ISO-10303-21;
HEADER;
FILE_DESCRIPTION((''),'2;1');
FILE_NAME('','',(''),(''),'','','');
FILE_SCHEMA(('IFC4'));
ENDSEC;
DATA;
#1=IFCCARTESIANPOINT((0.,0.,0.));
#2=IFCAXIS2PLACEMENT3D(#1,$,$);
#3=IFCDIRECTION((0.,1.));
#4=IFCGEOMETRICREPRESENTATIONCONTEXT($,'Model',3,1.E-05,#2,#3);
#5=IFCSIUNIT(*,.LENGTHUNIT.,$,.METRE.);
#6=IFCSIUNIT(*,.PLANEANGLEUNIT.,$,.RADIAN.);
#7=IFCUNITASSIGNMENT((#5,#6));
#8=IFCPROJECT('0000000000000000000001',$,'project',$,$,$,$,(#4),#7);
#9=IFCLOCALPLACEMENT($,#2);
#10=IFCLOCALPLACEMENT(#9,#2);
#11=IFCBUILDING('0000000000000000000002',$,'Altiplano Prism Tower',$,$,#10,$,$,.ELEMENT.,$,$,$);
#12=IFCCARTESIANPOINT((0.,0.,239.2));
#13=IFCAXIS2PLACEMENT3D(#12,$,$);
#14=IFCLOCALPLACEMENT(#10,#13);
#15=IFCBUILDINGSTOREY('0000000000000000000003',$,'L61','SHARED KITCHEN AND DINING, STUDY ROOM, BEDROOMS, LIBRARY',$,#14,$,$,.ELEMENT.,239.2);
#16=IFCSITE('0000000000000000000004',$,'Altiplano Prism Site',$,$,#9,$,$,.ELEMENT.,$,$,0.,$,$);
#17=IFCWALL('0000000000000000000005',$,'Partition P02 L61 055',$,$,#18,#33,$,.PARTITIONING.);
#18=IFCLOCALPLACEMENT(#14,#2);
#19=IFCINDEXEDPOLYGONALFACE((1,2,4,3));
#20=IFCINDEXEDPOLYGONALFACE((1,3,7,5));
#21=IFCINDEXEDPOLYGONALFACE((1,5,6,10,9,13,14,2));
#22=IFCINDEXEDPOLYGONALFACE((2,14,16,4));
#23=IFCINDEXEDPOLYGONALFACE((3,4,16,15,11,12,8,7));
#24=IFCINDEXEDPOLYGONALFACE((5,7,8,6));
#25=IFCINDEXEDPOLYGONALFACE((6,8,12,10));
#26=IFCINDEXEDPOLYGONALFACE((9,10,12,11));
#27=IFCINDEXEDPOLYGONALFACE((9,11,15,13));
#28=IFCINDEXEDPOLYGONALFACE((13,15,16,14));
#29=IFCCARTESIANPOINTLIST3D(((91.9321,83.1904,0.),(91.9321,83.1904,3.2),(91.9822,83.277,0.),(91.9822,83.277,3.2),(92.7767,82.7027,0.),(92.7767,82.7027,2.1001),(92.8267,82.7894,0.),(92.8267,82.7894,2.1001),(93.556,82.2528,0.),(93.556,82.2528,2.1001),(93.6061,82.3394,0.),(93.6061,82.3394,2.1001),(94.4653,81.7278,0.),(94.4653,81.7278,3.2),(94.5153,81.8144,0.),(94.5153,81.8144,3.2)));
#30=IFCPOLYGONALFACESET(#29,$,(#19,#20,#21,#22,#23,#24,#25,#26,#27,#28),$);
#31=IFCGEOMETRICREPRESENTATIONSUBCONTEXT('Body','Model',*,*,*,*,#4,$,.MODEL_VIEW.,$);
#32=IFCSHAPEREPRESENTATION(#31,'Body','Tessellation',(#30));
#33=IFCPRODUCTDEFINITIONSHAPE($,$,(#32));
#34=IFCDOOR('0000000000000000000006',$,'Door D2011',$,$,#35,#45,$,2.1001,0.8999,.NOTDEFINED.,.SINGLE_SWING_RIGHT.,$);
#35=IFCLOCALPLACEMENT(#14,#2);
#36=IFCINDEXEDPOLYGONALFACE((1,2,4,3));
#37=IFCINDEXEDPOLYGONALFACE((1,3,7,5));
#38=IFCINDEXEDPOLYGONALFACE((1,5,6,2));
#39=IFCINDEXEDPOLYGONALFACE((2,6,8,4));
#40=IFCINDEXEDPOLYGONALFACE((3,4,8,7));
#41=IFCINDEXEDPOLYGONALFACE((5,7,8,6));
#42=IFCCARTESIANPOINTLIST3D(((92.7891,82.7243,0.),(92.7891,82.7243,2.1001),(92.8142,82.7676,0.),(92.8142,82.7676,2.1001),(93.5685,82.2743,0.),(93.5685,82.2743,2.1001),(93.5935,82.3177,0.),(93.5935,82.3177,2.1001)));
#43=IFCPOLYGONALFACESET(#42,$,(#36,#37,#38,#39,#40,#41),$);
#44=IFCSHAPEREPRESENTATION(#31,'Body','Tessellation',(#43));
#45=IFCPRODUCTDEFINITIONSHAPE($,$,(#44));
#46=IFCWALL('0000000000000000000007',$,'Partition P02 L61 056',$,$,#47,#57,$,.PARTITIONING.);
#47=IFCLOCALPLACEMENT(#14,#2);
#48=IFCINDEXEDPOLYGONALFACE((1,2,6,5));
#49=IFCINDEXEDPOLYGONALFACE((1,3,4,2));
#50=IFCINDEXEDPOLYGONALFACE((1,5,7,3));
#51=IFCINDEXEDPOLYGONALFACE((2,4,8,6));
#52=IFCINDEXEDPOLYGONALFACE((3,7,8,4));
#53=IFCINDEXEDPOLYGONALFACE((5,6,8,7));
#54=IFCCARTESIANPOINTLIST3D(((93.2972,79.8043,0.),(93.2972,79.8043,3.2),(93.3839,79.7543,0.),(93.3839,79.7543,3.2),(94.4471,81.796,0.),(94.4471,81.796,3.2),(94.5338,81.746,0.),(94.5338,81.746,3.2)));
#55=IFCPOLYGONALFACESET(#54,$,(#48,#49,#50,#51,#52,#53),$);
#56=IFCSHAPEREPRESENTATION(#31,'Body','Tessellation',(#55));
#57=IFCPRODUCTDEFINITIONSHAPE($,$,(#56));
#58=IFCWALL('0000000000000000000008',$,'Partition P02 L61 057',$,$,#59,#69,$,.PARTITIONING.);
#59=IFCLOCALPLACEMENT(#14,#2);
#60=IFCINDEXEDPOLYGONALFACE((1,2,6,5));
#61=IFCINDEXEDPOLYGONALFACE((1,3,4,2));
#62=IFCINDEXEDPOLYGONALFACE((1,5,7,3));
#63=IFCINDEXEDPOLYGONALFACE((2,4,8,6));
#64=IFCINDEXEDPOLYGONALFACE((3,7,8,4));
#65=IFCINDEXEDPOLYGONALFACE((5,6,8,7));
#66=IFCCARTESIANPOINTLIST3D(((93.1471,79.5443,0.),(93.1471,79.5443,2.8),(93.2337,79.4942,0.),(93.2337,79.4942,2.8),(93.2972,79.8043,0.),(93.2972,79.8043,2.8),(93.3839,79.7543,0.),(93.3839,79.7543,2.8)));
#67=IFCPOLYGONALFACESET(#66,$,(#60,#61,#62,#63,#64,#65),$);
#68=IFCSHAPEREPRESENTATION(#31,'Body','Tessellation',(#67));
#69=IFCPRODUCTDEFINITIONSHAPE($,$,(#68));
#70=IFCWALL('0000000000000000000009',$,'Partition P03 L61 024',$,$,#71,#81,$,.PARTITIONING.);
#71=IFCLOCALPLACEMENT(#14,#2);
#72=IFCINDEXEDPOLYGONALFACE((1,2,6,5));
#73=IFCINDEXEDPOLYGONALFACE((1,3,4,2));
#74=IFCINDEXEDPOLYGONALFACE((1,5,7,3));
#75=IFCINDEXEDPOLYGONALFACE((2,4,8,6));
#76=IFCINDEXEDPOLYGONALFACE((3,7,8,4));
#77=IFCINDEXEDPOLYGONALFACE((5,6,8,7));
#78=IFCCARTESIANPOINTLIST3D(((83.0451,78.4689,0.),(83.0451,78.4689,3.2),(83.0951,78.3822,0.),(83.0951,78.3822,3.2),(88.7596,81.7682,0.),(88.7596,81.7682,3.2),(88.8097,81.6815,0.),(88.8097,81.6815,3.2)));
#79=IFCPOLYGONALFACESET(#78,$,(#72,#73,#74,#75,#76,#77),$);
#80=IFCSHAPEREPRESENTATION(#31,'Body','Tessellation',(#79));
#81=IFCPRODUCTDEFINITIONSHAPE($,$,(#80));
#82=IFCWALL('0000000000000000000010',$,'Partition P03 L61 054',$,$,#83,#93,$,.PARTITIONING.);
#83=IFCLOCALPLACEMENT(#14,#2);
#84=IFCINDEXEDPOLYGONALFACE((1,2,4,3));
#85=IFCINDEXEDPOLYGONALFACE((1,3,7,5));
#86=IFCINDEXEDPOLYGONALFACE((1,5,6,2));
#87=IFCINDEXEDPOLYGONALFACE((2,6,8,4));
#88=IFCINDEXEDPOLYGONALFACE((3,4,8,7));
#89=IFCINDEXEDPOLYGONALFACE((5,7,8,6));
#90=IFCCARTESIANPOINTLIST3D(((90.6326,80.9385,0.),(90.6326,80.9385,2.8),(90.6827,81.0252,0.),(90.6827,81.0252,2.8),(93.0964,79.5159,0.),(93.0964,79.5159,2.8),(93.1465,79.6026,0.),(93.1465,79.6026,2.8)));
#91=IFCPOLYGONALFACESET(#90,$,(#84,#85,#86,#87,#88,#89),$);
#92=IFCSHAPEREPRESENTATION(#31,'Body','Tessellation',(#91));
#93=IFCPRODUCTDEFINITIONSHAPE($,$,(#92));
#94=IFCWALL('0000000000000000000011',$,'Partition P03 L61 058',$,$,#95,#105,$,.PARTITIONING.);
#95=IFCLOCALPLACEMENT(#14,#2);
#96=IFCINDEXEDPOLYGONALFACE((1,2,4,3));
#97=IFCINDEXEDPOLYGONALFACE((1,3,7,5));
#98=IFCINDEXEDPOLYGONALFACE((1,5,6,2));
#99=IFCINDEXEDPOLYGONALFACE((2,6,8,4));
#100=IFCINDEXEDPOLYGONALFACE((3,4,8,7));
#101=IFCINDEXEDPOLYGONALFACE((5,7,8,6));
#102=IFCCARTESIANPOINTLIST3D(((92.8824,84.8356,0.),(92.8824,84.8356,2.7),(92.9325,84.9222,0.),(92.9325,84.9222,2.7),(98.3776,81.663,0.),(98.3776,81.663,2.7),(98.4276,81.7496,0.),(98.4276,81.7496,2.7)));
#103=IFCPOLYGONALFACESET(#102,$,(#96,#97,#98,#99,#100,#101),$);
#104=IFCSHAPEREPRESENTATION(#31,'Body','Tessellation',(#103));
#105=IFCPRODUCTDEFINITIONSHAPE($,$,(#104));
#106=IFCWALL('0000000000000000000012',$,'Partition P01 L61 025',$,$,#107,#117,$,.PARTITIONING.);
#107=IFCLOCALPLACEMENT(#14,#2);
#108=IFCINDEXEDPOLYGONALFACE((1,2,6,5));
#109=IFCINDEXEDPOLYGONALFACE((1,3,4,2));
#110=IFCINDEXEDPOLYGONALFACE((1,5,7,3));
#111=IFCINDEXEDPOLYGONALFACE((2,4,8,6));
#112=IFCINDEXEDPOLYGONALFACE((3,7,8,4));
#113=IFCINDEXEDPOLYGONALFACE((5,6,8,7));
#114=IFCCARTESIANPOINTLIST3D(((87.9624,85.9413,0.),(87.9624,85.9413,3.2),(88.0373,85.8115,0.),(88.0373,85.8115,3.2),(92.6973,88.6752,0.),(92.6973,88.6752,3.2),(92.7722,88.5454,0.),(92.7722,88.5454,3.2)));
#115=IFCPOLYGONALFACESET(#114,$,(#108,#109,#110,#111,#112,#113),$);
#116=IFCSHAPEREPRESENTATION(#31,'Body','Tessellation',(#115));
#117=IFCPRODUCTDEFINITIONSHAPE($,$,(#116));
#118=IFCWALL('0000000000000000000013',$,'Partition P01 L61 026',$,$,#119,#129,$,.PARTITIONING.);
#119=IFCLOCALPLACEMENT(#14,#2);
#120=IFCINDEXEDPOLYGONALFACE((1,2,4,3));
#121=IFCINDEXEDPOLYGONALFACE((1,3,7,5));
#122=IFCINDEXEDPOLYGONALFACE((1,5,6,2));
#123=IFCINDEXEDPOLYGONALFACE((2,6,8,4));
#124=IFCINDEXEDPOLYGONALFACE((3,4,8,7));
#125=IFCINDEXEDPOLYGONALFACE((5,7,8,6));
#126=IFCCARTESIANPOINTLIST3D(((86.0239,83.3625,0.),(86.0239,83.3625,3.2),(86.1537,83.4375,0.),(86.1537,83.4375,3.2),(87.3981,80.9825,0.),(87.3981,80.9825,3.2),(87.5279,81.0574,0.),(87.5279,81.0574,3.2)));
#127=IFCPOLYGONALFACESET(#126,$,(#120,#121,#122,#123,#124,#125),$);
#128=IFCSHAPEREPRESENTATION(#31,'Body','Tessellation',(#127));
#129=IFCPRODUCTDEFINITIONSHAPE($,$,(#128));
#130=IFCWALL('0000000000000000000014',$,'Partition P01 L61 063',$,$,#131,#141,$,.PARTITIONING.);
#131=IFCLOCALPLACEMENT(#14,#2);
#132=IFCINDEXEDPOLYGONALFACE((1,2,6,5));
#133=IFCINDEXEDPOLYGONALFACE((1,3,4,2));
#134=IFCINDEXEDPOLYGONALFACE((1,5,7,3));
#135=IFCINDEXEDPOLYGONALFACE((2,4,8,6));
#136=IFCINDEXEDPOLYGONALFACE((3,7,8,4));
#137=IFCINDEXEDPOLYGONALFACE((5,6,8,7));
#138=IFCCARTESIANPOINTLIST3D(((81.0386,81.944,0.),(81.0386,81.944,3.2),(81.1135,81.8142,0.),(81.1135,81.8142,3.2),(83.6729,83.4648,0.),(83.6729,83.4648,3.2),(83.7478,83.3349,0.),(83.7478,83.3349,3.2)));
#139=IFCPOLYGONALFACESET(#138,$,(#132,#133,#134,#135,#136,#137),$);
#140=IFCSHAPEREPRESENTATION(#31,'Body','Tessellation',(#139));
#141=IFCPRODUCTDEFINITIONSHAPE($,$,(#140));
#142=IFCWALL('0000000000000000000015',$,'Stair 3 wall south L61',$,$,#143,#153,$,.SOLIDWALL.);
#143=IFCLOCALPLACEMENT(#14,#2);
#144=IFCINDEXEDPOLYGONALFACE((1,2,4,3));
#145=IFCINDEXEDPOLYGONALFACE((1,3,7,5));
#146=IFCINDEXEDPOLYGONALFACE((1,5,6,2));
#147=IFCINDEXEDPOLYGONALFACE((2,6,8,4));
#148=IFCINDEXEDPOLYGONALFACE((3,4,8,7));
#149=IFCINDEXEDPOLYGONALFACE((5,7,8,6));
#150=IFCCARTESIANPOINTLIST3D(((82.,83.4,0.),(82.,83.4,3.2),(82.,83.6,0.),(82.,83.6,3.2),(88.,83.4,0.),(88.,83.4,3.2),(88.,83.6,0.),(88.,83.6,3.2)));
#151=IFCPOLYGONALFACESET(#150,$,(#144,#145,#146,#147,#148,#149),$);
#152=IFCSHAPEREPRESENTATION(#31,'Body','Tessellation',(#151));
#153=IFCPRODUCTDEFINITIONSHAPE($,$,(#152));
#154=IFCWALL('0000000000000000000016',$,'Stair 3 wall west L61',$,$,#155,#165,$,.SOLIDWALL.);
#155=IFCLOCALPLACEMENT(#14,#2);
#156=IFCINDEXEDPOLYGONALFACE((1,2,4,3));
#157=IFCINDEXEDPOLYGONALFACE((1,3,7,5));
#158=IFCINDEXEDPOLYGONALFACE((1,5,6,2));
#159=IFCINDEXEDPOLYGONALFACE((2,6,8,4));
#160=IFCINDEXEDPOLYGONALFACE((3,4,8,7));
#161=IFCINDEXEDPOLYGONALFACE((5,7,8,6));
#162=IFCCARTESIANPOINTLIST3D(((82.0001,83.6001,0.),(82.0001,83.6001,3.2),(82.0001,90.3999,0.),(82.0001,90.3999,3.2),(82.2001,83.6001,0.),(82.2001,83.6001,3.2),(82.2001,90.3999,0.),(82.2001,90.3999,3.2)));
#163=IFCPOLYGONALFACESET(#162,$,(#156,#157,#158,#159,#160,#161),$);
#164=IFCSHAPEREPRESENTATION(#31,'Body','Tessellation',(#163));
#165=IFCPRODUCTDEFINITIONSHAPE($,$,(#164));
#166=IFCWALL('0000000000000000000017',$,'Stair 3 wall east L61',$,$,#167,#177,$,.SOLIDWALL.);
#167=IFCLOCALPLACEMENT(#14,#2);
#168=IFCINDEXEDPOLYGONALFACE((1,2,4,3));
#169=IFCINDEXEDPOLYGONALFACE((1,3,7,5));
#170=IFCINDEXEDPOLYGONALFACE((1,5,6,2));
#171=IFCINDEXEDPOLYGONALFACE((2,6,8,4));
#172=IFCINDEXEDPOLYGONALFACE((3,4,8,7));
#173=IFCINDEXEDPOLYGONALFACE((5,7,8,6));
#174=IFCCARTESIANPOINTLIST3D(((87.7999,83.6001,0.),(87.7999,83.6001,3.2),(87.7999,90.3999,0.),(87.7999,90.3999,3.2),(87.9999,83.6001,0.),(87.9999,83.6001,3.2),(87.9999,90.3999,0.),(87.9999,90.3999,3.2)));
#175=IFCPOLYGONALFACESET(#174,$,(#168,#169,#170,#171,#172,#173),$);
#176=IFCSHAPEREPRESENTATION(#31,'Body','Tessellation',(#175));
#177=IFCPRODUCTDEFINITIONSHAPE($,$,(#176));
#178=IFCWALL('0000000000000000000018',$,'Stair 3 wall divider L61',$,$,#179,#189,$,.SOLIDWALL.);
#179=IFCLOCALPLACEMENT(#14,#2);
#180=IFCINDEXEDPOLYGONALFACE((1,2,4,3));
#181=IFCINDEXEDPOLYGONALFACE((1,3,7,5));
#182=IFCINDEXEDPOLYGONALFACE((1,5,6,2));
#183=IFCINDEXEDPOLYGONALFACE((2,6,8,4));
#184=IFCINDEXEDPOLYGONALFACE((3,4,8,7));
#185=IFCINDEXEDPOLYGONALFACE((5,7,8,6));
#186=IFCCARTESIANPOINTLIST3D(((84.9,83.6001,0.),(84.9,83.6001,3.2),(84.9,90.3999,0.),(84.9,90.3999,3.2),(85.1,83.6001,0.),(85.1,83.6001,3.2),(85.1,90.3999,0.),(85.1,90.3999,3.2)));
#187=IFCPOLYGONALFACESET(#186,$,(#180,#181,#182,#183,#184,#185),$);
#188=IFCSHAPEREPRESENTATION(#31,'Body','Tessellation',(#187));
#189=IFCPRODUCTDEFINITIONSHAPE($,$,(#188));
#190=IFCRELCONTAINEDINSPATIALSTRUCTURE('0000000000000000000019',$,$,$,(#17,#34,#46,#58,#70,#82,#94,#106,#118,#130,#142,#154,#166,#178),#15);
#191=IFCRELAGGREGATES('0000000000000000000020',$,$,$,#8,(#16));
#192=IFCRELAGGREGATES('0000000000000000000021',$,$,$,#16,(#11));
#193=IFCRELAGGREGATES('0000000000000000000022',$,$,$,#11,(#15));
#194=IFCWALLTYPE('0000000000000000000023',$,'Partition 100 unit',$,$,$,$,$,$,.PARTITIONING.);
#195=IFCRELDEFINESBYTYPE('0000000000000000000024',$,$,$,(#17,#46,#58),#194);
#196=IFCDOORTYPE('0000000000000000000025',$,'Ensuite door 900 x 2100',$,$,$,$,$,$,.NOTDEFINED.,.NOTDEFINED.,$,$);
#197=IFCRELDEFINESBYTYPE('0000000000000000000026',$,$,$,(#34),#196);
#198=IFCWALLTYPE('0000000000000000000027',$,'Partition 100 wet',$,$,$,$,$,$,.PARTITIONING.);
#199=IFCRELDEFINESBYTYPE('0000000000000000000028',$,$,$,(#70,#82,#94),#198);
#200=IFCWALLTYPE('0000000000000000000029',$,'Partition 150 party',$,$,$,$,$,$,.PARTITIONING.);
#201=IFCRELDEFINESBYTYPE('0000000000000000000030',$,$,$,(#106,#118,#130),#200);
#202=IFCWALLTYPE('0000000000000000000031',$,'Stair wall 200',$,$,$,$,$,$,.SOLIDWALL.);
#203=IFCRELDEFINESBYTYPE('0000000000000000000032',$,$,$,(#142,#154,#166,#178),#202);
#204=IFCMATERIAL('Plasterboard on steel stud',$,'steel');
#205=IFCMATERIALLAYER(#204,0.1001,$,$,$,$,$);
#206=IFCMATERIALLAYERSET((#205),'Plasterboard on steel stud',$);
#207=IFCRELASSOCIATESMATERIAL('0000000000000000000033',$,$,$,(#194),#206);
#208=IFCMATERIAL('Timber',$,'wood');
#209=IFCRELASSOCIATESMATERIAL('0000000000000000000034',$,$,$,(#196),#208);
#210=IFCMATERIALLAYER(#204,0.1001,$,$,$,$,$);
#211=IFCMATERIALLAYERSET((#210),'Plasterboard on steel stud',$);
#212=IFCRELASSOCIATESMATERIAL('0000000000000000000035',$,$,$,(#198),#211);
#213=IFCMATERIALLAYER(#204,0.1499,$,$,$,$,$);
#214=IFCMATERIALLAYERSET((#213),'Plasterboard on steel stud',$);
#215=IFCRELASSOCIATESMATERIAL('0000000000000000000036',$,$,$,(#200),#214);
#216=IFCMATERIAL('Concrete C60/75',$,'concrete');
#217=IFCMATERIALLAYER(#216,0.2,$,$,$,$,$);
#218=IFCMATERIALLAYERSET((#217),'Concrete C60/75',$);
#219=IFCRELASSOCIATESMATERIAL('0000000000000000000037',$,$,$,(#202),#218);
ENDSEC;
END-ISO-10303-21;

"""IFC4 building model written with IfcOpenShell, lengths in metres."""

from ifc_helpers import new_model, si_unit, direction, frame, frame_2d, origin, place, context, subcontext, project, spatial, rectangle, extrude, material, layer, layer_set, type_object, element, fill, save


model = new_model("IFC4")

# Units and contexts
model_context = context("Model", 3, precision=1e-05, world=origin(), true_north=direction((0.0, 1.0)))
body_context = subcontext(model_context, "Body", "Model", "MODEL_VIEW")
ifc_project = project(units=[si_unit("LENGTHUNIT", "METRE"), si_unit("PLANEANGLEUNIT", "RADIAN")], contexts=[model_context])

# Site, building, storey
site_placement = place(None, origin())
site = spatial("IfcSite", under=ifc_project, at=site_placement, Name="Altiplano Prism Site", CompositionType="ELEMENT", RefElevation=0.0)
building_placement = place(site_placement, origin())
building = spatial("IfcBuilding", under=site, at=building_placement, Name="Altiplano Prism Tower", CompositionType="ELEMENT")
storey_placement = place(building_placement, frame((0.0, 0.0, 239.2)))
storey = spatial("IfcBuildingStorey", under=building, at=storey_placement, Name="L61", Description="SHARED KITCHEN AND DINING, STUDY ROOM, BEDROOMS, LIBRARY", CompositionType="ELEMENT", Elevation=239.2)

# Shared definitions
ifc_material_1 = material(Name="Concrete C60/75", Category="concrete")

# Shared definitions
ifc_material_2 = material(Name="Plasterboard on steel stud", Category="steel")
ifc_layer_1 = layer(ifc_material_2, 0.1001)
ifc_layer_set_1 = layer_set([ifc_layer_1], Name="Plasterboard on steel stud")
wall_type_1 = type_object("IfcWallType", Name="Partition 100 unit", PredefinedType="PARTITIONING", material=ifc_layer_set_1)

# Wall, opening, door
wall_1_placement = place(storey_placement, frame((91.9573, 83.2336, 0.0), z_axis=(0.0, 0.0, 1.0), x_axis=(0.86601, -0.500026, 0.0)))
wall_1 = element("IfcWall", 1, at=wall_1_placement, inside=storey, type_object=wall_type_1, Name="Partition P02 L61 055", PredefinedType="PARTITIONING", context=body_context, shape_type="SweptSolid", body=[
    extrude(rectangle(XDim=2.925, YDim=0.1001, at=frame_2d((1.4624, 0.0))), origin(), (0.0, 0.0, 1.0), 3.2),
])
opening_placement = place(wall_1_placement, frame((0.9751, 0.0, 0.0)))
opening = element("IfcOpeningElement", 2, at=opening_placement, cuts=wall_1, PredefinedType="OPENING", context=body_context, shape_type="SweptSolid", body=[
    extrude(rectangle(XDim=0.8999, YDim=2.1001, at=frame_2d((0.45, 1.05))), frame((0.0, 0.0605, 0.0), z_axis=(0.0, -1.0, 0.0), x_axis=(1.0, 0.0, 0.0)), (0.0, 0.0, 1.0), 0.1211),
])
ifc_material_3 = material(Name="Timber", Category="wood")
door_type = type_object("IfcDoorType", Name="Ensuite door 900 x 2100", OperationType="NOTDEFINED", PredefinedType="NOTDEFINED", material=ifc_material_3)
door_placement = place(opening_placement, origin())
door = element("IfcDoor", 3, at=door_placement, inside=storey, type_object=door_type, Name="Door D2011", OperationType="SINGLE_SWING_RIGHT", OverallHeight=2.1001, OverallWidth=0.8999, PredefinedType="NOTDEFINED", context=body_context, shape_type="SweptSolid", body=[
    extrude(rectangle(XDim=0.8999, YDim=2.1001, at=frame_2d((0.45, 1.05))), frame((0.0, 0.0249, 0.0), z_axis=(0.0, -1.0, 0.0), x_axis=(1.0, 0.0, 0.0)), (0.0, 0.0, 1.0), 0.05),
])
fill(opening, door)

# Walls
wall_2_placement = place(storey_placement, frame((94.4905, 81.771, 0.0), z_axis=(0.0, 0.0, 1.0), x_axis=(-0.499998, -0.866026, 0.0)))
element("IfcWall", 4, at=wall_2_placement, inside=storey, type_object=wall_type_1, Name="Partition P02 L61 056", PredefinedType="PARTITIONING", context=body_context, shape_type="SweptSolid", body=[
    extrude(rectangle(XDim=2.2998, YDim=0.1001, at=frame_2d((1.1499, 0.0))), origin(), (0.0, 0.0, 1.0), 3.2),
])
wall_3_placement = place(storey_placement, frame((93.3406, 79.7793, 0.0), z_axis=(0.0, 0.0, 1.0), x_axis=(-0.500074, -0.865982, 0.0)))
element("IfcWall", 5, at=wall_3_placement, inside=storey, type_object=wall_type_1, Name="Partition P02 L61 057", PredefinedType="PARTITIONING", context=body_context, shape_type="SweptSolid", body=[
    extrude(rectangle(XDim=0.3003, YDim=0.1001, at=frame_2d((0.1501, 0.0))), origin(), (0.0, 0.0, 1.0), 2.8),
])
ifc_layer_2 = layer(ifc_material_2, 0.1001)
ifc_layer_set_2 = layer_set([ifc_layer_2], Name="Plasterboard on steel stud")
wall_type_2 = type_object("IfcWallType", Name="Partition 100 wet", PredefinedType="PARTITIONING", material=ifc_layer_set_2)
wall_4_placement = place(storey_placement, frame((88.7847, 81.7249, 0.0), z_axis=(0.0, 0.0, 1.0), x_axis=(-0.866026, -0.499999, 0.0)))
element("IfcWall", 6, at=wall_4_placement, inside=storey, type_object=wall_type_2, Name="Partition P03 L61 024", PredefinedType="PARTITIONING", context=body_context, shape_type="SweptSolid", body=[
    extrude(rectangle(XDim=6.5986, YDim=0.1001, at=frame_2d((3.2993, 0.0))), origin(), (0.0, 0.0, 1.0), 3.2),
])
wall_5_placement = place(storey_placement, frame((93.1213, 79.5593, 0.0), z_axis=(0.0, 0.0, 1.0), x_axis=(-0.866011, 0.500025, 0.0)))
element("IfcWall", 7, at=wall_5_placement, inside=storey, type_object=wall_type_2, Name="Partition P03 L61 054", PredefinedType="PARTITIONING", context=body_context, shape_type="SweptSolid", body=[
    extrude(rectangle(XDim=2.845, YDim=0.1001, at=frame_2d((1.4224, 0.0))), origin(), (0.0, 0.0, 1.0), 2.8),
])
wall_6_placement = place(storey_placement, frame((98.4026, 81.7063, 0.0), z_axis=(0.0, 0.0, 1.0), x_axis=(-0.866025, 0.5, 0.0)))
element("IfcWall", 8, at=wall_6_placement, inside=storey, type_object=wall_type_2, Name="Partition P03 L61 058", PredefinedType="PARTITIONING", context=body_context, shape_type="SweptSolid", body=[
    extrude(rectangle(XDim=6.3452, YDim=0.1001, at=frame_2d((3.1726, 0.0))), origin(), (0.0, 0.0, 1.0), 2.7),
])
ifc_layer_3 = layer(ifc_material_2, 0.1499)
ifc_layer_set_3 = layer_set([ifc_layer_3], Name="Plasterboard on steel stud")
wall_type_3 = type_object("IfcWallType", Name="Partition 150 party", PredefinedType="PARTITIONING", material=ifc_layer_set_3)
wall_7_placement = place(storey_placement, frame((92.7349, 88.6104, 0.0), z_axis=(0.0, 0.0, 1.0), x_axis=(-0.866009, -0.500029, 0.0)))
element("IfcWall", 9, at=wall_7_placement, inside=storey, type_object=wall_type_3, Name="Partition P01 L61 025", PredefinedType="PARTITIONING", context=body_context, shape_type="SweptSolid", body=[
    extrude(rectangle(XDim=5.4675, YDim=0.1499, at=frame_2d((2.7339, 0.0))), origin(), (0.0, 0.0, 1.0), 3.2),
])
wall_8_placement = place(storey_placement, frame((86.0889, 83.3999, 0.0), z_axis=(0.0, 0.0, 1.0), x_axis=(0.500027, -0.86601, 0.0)))
element("IfcWall", 10, at=wall_8_placement, inside=storey, type_object=wall_type_3, Name="Partition P01 L61 026", PredefinedType="PARTITIONING", context=body_context, shape_type="SweptSolid", body=[
    extrude(rectangle(XDim=2.7483, YDim=0.1499, at=frame_2d((1.374, 0.0))), origin(), (0.0, 0.0, 1.0), 3.2),
])
wall_9_placement = place(storey_placement, frame((83.7104, 83.3999, 0.0), z_axis=(0.0, 0.0, 1.0), x_axis=(-0.866047, -0.499963, 0.0)))
element("IfcWall", 11, at=wall_9_placement, inside=storey, type_object=wall_type_3, Name="Partition P01 L61 063", PredefinedType="PARTITIONING", context=body_context, shape_type="SweptSolid", body=[
    extrude(rectangle(XDim=3.0417, YDim=0.1499, at=frame_2d((1.521, 0.0))), origin(), (0.0, 0.0, 1.0), 3.2),
])
ifc_layer_4 = layer(ifc_material_1, 0.2)
ifc_layer_set_4 = layer_set([ifc_layer_4], Name="Concrete C60/75")
wall_type_4 = type_object("IfcWallType", Name="Stair wall 200", PredefinedType="SOLIDWALL", material=ifc_layer_set_4)
wall_10_placement = place(storey_placement, frame((82.0, 83.5, 0.0), z_axis=(0.0, 0.0, 1.0), x_axis=(1.0, 0.0, 0.0)))
element("IfcWall", 12, at=wall_10_placement, inside=storey, type_object=wall_type_4, Name="Stair 3 wall south L61", PredefinedType="SOLIDWALL", context=body_context, shape_type="SweptSolid", body=[
    extrude(rectangle(XDim=6.0, YDim=0.2, at=frame_2d((3.0, 0.0))), origin(), (0.0, 0.0, 1.0), 3.2),
])
for number, where, z_axis, x_axis, name in (
    (13, (82.1001, 83.6001, 0.0), (0.0, 0.0, 1.0), (0.0, 1.0, 0.0), "Stair 3 wall west L61"),
    (14, (87.8999, 83.6001, 0.0), (0.0, 0.0, 1.0), (0.0, 1.0, 0.0), "Stair 3 wall east L61"),
    (15, (85.0, 83.6001, 0.0), (0.0, 0.0, 1.0), (0.0, 1.0, 0.0), "Stair 3 wall divider L61"),
):
    element("IfcWall", number, at=place(storey_placement, frame(where, z_axis=z_axis, x_axis=x_axis)), inside=storey, type_object=wall_type_4, Name=name, PredefinedType="SOLIDWALL", context=body_context, shape_type="SweptSolid", body=[
        extrude(rectangle(XDim=6.7998, YDim=0.2, at=frame_2d((3.3999, 0.0))), origin(), (0.0, 0.0, 1.0), 3.2),
    ])

save(model, "model.ifc")
